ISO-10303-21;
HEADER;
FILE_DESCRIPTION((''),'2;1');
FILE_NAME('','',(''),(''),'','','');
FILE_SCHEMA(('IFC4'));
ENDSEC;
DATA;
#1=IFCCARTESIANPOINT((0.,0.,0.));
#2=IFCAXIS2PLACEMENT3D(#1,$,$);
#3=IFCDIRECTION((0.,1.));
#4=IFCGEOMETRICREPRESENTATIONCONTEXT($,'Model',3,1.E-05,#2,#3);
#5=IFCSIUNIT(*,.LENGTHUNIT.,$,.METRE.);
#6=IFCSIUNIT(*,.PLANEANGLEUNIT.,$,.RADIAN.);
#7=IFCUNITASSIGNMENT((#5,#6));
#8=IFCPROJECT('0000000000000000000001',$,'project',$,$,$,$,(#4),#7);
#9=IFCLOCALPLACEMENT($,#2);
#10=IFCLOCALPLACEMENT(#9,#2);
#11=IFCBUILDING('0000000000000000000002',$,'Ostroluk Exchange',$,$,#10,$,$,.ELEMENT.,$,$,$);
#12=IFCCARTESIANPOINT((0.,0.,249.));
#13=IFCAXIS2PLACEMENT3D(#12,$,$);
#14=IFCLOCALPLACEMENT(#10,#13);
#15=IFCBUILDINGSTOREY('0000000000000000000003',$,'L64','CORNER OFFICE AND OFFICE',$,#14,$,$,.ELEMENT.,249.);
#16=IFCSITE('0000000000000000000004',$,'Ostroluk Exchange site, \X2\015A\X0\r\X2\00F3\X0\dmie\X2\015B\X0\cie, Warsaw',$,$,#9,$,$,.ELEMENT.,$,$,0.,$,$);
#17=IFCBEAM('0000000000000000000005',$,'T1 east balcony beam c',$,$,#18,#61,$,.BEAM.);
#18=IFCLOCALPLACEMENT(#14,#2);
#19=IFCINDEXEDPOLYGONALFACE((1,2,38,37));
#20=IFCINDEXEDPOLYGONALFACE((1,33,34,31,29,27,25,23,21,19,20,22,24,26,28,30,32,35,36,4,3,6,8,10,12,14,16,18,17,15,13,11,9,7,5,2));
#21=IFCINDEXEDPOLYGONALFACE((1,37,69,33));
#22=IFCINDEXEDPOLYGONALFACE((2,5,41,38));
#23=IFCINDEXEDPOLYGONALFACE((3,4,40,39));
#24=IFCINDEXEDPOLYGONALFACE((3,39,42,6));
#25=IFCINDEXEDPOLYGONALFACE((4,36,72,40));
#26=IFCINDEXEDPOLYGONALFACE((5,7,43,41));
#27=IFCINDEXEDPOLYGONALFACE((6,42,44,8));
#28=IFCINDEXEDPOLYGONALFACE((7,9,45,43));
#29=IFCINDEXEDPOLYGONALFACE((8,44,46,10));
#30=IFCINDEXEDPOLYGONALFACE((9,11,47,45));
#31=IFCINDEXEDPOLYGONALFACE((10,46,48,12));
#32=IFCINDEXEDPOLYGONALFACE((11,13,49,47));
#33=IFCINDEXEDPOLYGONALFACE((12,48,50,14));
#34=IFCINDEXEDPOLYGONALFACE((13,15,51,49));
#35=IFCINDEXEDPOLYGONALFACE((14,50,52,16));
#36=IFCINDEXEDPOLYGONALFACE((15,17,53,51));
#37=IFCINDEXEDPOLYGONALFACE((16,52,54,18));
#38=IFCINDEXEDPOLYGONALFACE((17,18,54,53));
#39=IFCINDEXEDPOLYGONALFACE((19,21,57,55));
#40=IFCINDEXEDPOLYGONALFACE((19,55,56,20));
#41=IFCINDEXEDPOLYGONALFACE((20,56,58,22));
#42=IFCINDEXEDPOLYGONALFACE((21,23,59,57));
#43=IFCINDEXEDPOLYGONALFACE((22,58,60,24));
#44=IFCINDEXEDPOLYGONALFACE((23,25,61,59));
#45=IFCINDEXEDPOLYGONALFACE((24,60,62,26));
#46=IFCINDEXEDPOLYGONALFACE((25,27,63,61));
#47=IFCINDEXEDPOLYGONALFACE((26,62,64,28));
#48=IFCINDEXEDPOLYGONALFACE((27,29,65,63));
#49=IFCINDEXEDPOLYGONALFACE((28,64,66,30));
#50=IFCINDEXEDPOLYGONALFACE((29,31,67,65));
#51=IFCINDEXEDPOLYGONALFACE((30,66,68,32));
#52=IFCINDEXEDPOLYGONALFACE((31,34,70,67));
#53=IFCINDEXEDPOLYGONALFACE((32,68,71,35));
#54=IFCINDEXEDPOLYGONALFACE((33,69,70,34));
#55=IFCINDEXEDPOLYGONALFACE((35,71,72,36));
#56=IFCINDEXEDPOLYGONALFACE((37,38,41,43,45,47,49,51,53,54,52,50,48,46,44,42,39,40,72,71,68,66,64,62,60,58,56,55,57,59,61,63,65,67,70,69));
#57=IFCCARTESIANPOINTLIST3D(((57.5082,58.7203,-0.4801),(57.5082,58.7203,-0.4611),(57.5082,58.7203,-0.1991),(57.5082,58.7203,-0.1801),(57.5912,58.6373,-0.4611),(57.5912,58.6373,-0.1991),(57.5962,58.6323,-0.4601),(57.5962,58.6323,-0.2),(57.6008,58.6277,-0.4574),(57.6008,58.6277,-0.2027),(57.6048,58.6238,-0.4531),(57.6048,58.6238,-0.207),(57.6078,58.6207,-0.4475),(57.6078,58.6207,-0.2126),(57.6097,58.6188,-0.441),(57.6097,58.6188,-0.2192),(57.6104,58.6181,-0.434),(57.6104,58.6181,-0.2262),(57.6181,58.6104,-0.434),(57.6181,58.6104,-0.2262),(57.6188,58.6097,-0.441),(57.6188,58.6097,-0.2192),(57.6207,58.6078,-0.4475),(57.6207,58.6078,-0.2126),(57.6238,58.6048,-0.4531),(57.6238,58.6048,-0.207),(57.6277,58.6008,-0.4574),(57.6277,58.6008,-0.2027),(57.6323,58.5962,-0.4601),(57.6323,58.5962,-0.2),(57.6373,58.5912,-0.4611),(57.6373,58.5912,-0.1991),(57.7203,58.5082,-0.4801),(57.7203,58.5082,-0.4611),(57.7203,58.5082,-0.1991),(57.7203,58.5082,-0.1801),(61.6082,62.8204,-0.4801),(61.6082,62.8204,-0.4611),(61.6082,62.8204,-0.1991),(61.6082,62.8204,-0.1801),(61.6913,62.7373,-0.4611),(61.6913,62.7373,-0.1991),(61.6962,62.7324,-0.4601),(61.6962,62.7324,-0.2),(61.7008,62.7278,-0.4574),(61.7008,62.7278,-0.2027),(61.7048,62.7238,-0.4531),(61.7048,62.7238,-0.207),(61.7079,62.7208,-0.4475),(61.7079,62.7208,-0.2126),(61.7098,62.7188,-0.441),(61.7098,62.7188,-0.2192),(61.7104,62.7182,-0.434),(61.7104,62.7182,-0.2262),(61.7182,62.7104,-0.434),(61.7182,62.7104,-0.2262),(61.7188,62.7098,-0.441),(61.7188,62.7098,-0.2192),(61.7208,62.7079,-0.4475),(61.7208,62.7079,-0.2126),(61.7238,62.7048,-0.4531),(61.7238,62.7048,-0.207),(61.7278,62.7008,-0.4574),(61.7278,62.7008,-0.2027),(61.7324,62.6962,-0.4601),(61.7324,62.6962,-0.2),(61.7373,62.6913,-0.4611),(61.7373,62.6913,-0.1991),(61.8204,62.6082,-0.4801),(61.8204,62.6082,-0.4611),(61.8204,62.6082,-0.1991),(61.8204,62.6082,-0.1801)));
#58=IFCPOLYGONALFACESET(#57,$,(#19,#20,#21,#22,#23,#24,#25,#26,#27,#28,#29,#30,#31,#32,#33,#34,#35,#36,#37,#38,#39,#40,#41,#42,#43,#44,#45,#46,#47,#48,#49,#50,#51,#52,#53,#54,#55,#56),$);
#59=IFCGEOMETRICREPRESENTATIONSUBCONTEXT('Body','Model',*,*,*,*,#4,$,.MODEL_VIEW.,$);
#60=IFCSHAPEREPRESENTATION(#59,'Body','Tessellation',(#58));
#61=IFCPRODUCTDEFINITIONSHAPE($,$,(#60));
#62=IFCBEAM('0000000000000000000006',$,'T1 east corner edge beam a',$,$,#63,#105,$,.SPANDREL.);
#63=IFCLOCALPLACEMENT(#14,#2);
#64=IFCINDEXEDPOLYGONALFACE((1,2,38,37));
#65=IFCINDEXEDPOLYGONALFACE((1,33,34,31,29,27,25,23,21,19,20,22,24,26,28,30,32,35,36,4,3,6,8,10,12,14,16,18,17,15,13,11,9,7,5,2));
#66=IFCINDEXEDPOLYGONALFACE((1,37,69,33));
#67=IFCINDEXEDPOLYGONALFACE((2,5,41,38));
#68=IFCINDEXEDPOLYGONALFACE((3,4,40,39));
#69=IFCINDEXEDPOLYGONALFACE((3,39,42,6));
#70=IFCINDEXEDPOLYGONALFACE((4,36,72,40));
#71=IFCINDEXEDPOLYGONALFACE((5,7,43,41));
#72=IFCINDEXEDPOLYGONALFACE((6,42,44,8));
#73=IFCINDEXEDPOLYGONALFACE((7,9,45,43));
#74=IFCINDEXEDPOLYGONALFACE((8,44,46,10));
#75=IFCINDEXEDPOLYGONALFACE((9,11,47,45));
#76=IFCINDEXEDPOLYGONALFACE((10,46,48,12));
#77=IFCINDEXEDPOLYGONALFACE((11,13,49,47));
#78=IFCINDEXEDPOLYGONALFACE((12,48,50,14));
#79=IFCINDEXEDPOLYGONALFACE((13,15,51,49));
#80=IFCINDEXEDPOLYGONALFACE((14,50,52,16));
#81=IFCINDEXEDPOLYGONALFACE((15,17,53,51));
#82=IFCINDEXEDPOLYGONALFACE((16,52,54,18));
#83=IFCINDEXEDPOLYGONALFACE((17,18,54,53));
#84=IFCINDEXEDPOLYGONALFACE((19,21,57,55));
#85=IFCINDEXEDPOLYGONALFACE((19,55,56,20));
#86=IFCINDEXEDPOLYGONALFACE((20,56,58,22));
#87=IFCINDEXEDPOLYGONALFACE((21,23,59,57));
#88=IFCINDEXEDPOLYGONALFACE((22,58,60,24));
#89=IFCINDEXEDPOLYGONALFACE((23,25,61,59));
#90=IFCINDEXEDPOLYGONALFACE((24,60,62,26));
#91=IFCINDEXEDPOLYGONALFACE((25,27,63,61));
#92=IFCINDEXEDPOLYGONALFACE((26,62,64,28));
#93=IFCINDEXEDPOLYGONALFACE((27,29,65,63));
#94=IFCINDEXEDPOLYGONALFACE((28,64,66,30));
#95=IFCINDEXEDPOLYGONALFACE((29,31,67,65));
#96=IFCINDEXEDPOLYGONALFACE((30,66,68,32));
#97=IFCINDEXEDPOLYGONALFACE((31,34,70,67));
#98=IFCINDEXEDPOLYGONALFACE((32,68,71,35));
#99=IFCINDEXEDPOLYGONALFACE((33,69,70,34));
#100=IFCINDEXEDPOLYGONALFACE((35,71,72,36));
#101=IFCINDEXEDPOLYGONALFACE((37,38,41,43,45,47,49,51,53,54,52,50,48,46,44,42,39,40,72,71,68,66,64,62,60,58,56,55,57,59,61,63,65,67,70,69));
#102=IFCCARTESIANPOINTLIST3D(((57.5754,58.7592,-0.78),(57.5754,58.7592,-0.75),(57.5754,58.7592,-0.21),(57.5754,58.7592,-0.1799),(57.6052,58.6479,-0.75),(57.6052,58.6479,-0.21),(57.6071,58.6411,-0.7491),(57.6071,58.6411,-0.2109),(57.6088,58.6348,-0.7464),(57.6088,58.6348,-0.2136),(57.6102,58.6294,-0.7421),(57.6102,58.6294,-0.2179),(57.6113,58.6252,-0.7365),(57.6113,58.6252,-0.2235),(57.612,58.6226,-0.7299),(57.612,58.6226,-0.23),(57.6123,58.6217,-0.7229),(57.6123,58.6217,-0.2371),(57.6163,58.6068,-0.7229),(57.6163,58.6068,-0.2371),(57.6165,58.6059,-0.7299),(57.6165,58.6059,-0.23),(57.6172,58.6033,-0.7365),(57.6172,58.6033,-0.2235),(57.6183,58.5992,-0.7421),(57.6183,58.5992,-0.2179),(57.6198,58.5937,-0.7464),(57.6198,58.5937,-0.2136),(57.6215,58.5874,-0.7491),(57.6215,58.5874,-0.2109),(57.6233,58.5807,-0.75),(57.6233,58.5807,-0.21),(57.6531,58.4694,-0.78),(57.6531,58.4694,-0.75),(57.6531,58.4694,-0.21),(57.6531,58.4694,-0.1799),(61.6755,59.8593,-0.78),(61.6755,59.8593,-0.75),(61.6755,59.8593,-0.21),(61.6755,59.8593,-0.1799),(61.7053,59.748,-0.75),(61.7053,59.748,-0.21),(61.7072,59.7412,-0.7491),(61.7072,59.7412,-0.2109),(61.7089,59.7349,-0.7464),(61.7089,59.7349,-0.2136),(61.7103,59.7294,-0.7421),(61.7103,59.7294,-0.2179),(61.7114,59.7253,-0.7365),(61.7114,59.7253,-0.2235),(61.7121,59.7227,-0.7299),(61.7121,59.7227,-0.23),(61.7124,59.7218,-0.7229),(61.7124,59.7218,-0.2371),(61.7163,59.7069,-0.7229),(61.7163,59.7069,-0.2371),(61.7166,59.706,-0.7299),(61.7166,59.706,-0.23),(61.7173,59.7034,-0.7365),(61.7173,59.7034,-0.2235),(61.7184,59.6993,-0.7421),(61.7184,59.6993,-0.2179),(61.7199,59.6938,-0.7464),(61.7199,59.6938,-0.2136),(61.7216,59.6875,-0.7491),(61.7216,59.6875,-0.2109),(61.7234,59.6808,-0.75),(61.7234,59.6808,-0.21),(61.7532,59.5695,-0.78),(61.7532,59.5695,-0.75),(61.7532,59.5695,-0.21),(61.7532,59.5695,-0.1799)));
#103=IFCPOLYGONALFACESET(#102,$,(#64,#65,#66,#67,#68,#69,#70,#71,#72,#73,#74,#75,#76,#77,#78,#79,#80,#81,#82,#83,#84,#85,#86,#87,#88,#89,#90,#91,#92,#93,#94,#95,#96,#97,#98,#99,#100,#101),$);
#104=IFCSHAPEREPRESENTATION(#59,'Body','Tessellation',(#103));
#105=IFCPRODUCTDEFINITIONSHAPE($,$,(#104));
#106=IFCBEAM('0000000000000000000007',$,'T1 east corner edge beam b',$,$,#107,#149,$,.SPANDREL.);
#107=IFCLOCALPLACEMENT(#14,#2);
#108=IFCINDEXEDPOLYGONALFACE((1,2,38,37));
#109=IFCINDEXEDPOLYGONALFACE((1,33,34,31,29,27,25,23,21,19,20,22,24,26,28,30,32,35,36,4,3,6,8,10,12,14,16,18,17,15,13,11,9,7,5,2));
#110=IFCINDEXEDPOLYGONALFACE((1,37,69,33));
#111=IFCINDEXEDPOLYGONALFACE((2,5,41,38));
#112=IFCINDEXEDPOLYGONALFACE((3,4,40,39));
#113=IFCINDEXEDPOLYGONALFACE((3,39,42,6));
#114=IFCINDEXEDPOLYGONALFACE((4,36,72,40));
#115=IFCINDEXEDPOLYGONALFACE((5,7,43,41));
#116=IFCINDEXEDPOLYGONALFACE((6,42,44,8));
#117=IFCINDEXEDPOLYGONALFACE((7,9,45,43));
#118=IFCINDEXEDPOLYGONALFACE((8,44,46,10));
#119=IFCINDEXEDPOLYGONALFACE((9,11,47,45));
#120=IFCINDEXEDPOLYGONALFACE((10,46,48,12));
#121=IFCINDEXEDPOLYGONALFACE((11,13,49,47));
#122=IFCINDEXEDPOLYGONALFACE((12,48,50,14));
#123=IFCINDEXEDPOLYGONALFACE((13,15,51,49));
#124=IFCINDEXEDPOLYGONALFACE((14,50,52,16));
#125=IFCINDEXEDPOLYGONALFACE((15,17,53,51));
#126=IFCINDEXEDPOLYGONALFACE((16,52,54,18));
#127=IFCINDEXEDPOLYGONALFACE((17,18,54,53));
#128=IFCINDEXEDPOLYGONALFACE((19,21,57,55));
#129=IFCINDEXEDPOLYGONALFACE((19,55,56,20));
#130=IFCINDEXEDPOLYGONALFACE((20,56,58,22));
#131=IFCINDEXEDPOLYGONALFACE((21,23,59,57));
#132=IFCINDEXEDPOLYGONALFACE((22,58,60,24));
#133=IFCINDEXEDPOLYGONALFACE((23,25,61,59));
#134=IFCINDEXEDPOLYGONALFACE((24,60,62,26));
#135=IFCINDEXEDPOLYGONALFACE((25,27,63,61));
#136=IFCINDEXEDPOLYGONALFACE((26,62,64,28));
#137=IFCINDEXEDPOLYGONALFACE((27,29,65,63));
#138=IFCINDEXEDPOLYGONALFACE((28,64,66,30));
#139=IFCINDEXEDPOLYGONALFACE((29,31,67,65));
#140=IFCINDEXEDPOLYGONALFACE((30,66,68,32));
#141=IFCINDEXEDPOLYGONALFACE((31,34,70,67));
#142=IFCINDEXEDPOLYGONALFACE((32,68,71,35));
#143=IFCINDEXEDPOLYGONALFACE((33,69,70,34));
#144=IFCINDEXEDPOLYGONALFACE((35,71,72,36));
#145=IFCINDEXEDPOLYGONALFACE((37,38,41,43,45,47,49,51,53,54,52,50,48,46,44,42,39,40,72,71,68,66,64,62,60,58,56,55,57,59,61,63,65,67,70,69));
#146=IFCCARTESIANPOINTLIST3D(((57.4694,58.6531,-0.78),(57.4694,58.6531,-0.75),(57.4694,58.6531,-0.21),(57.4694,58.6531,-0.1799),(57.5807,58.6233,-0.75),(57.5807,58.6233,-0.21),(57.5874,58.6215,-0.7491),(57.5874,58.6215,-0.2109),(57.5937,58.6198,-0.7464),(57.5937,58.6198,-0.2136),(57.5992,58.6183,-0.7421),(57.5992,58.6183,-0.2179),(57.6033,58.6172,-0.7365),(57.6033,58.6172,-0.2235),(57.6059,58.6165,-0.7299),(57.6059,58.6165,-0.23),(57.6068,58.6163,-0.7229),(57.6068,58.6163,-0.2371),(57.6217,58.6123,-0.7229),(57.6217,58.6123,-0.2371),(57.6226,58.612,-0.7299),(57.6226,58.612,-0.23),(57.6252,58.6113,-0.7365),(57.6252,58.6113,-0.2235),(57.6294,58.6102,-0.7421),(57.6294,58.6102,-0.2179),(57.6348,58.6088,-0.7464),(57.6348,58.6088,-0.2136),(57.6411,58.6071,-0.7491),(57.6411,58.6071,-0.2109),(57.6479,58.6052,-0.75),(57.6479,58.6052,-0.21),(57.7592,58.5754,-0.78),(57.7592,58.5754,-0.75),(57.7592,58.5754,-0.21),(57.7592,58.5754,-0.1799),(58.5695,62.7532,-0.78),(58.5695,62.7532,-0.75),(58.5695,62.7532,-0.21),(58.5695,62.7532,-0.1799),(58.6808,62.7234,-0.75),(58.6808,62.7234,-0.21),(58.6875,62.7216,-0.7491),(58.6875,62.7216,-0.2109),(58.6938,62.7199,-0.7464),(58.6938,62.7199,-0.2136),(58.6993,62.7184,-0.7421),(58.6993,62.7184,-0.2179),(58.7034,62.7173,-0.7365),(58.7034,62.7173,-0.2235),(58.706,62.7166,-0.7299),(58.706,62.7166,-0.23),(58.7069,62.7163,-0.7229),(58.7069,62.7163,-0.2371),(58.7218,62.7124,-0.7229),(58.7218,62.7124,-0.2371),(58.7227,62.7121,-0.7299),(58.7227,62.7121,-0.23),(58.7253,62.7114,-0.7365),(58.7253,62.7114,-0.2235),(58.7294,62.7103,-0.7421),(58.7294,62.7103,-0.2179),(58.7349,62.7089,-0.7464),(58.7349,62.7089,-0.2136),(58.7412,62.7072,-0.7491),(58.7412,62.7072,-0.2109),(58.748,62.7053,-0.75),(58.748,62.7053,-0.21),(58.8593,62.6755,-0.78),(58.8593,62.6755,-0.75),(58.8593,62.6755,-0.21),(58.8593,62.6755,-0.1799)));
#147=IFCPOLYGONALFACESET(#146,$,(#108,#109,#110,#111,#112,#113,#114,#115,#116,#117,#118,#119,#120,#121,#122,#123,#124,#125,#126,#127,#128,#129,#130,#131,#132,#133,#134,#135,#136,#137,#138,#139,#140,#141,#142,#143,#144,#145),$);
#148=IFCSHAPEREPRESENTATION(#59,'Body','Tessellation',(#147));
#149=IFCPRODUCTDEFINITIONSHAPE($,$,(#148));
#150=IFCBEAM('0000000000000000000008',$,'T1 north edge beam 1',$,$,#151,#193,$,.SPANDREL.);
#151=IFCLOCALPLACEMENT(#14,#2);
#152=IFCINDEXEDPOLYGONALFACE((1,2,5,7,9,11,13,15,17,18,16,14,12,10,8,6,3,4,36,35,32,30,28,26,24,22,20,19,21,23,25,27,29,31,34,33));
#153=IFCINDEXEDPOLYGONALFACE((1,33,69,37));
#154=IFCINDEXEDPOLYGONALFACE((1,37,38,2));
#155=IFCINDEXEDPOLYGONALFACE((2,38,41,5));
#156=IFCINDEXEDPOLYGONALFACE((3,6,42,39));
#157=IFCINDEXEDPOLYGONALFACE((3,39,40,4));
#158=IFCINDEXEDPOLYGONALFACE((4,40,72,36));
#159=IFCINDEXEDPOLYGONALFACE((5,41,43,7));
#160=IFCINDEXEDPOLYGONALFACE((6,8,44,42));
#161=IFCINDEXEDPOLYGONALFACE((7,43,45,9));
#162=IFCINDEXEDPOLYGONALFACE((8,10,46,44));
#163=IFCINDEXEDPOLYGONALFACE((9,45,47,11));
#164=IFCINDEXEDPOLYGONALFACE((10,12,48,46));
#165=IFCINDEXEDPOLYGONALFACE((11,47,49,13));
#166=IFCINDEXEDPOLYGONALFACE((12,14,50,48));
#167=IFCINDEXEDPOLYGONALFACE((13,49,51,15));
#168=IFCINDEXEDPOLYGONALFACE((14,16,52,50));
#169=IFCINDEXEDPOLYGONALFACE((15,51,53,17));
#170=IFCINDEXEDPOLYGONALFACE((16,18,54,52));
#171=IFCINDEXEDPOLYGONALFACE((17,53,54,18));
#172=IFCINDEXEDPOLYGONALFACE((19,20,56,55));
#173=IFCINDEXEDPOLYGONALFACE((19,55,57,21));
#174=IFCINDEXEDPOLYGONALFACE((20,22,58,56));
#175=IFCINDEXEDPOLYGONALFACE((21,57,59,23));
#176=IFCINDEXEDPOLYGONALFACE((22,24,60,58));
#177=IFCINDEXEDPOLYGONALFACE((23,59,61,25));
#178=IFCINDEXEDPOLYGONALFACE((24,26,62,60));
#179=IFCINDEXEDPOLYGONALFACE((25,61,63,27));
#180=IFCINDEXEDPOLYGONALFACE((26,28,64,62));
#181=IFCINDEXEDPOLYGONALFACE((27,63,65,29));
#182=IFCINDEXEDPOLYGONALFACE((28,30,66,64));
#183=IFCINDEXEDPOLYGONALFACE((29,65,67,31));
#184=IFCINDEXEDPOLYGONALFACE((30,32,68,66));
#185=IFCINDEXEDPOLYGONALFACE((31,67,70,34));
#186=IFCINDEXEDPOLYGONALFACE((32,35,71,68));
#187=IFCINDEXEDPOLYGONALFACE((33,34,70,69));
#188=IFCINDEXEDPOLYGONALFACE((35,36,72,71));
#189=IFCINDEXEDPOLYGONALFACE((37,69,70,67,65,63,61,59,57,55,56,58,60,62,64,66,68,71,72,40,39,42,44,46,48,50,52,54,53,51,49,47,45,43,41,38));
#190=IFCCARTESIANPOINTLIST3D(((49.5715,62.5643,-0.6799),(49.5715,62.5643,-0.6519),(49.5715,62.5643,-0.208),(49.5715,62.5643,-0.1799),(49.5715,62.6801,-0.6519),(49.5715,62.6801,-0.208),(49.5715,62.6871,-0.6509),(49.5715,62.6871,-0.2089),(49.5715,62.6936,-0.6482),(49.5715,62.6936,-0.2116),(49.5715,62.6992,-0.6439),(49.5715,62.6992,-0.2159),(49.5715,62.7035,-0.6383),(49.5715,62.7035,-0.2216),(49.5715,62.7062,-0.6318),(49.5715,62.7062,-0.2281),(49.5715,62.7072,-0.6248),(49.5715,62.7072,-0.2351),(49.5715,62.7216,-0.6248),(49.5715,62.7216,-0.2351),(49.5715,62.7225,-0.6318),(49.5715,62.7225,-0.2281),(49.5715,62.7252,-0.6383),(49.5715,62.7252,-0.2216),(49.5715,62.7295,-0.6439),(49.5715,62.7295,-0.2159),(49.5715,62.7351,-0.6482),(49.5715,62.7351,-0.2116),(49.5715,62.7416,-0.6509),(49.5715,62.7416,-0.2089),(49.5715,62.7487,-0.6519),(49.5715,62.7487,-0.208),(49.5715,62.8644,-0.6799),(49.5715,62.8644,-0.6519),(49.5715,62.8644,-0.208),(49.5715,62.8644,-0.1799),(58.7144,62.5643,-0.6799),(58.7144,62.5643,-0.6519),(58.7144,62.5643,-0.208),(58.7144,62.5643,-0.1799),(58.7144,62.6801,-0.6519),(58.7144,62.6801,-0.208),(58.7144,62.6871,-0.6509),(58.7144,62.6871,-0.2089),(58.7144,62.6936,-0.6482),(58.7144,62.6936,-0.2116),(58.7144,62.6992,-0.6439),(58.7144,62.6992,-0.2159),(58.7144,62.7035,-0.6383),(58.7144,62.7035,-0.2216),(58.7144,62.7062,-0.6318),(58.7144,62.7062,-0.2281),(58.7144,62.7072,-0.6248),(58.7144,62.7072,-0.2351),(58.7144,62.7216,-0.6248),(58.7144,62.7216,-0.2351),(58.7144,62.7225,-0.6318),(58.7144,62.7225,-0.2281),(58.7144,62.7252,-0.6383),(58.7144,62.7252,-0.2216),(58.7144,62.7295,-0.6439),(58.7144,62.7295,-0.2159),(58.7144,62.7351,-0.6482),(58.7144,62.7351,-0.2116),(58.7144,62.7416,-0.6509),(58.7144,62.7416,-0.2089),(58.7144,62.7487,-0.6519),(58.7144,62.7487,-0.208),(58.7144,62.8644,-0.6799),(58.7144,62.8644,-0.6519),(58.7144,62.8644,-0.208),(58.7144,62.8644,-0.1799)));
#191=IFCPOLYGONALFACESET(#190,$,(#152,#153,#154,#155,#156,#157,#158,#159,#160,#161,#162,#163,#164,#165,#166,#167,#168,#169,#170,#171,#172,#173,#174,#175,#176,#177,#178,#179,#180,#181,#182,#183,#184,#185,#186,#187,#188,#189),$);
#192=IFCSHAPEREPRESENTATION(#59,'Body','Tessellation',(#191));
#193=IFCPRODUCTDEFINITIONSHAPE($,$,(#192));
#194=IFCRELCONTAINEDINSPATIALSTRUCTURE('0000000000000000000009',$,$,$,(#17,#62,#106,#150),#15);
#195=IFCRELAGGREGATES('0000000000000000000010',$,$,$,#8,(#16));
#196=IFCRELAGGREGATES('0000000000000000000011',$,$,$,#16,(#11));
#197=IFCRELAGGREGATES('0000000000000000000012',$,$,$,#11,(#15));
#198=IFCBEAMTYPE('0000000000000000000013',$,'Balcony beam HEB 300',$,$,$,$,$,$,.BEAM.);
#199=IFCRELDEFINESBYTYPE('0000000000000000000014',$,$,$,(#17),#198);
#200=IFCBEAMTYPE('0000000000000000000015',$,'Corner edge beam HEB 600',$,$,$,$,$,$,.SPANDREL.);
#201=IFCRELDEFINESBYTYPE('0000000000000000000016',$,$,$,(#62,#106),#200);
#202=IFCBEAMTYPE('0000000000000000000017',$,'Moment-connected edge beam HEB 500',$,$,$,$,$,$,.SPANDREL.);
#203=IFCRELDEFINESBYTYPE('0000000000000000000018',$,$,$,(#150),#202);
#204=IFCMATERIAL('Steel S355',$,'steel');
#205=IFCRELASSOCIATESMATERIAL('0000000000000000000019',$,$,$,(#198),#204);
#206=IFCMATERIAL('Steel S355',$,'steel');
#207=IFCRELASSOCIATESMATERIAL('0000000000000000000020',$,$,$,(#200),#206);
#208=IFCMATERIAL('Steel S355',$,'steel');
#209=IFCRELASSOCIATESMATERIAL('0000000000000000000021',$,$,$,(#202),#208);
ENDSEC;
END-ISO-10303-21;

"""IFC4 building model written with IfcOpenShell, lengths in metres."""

from ifc_helpers import new_model, si_unit, direction, frame, origin, origin_2d, place, context, subcontext, project, spatial, i_section, extrude, material, material_profile, profile_set, type_object, element, save


model = new_model("IFC4")

# Units and contexts
model_context = context("Model", 3, precision=1e-05, world=origin(), true_north=direction((0.0, 1.0)))
body_context = subcontext(model_context, "Body", "Model", "MODEL_VIEW")
ifc_project = project(units=[si_unit("LENGTHUNIT", "METRE"), si_unit("PLANEANGLEUNIT", "RADIAN")], contexts=[model_context])

# Site, building, storey
site_placement = place(None, origin())
site = spatial("IfcSite", under=ifc_project, at=site_placement, Name="Ostroluk Exchange site, Śródmieście, Warsaw", CompositionType="ELEMENT", RefElevation=0.0)
building_placement = place(site_placement, origin())
building = spatial("IfcBuilding", under=site, at=building_placement, Name="Ostroluk Exchange", CompositionType="ELEMENT")
storey_placement = place(building_placement, frame((0.0, 0.0, 249.0)))
storey = spatial("IfcBuildingStorey", under=building, at=storey_placement, Name="L64", Description="CORNER OFFICE AND OFFICE", CompositionType="ELEMENT", Elevation=249.0)

# Beams
ifc_material_1 = material(Name="Steel S355", Category="steel")
ifc_material_profile_1 = material_profile(ifc_material_1, i_section(OverallWidth=0.3, OverallDepth=0.3, WebThickness=0.011, FlangeThickness=0.019, FilletRadius=0.0271, at=origin_2d()), Name="HEB 300")
ifc_profile_set_1 = profile_set([ifc_material_profile_1], Name="Steel S355")
beam_type_1 = type_object("IfcBeamType", Name="Balcony beam HEB 300", PredefinedType="BEAM", material=ifc_profile_set_1)
beam_1_placement = place(storey_placement, frame((57.6143, 58.6143, -0.3301), z_axis=(0.707107, 0.707107, 0.0), x_axis=(-0.707107, 0.707107, 0.0)))
element("IfcBeam", 1, at=beam_1_placement, inside=storey, type_object=beam_type_1, Name="T1 east balcony beam c", PredefinedType="BEAM", context=body_context, shape_type="SweptSolid", body=[
    extrude(i_section(OverallWidth=0.3, OverallDepth=0.3, WebThickness=0.011, FlangeThickness=0.019, FilletRadius=0.0271, at=origin_2d()), origin(), (0.0, 0.0, 1.0), 5.7983),
])
ifc_material_2 = material(Name="Steel S355", Category="steel")
ifc_material_profile_2 = material_profile(ifc_material_2, i_section(OverallWidth=0.3, OverallDepth=0.6001, WebThickness=0.0154, FlangeThickness=0.03, FilletRadius=0.0271, at=origin_2d()), Name="HEB 600")
ifc_profile_set_2 = profile_set([ifc_material_profile_2], Name="Steel S355")
beam_type_2 = type_object("IfcBeamType", Name="Corner edge beam HEB 600", PredefinedType="SPANDREL", material=ifc_profile_set_2)
for number, where, z_axis, x_axis, name in (
    (2, (57.6143, 58.6143, -0.48), (0.965839, 0.259144, 0.0), (-0.259144, 0.965839, 0.0), "T1 east corner edge beam a"),
    (3, (57.6143, 58.6143, -0.48), (0.259144, 0.965839, 0.0), (-0.965839, 0.259144, 0.0), "T1 east corner edge beam b"),
):
    element("IfcBeam", number, at=place(storey_placement, frame(where, z_axis=z_axis, x_axis=x_axis)), inside=storey, type_object=beam_type_2, Name=name, PredefinedType="SPANDREL", context=body_context, shape_type="SweptSolid", body=[
        extrude(i_section(OverallWidth=0.3, OverallDepth=0.6001, WebThickness=0.0154, FlangeThickness=0.03, FilletRadius=0.0271, at=origin_2d()), origin(), (0.0, 0.0, 1.0), 4.2451),
    ])
ifc_material_3 = material(Name="Steel S355", Category="steel")
ifc_material_profile_3 = material_profile(ifc_material_3, i_section(OverallWidth=0.3, OverallDepth=0.5, WebThickness=0.0144, FlangeThickness=0.0281, FilletRadius=0.0271, at=origin_2d()), Name="HEB 500")
ifc_profile_set_3 = profile_set([ifc_material_profile_3], Name="Steel S355")
beam_type_3 = type_object("IfcBeamType", Name="Moment-connected edge beam HEB 500", PredefinedType="SPANDREL", material=ifc_profile_set_3)
beam_2_placement = place(storey_placement, frame((58.7144, 62.7144, -0.4299), z_axis=(-1.0, 0.0, 0.0), x_axis=(0.0, -1.0, 0.0)))
element("IfcBeam", 4, at=beam_2_placement, inside=storey, type_object=beam_type_3, Name="T1 north edge beam 1", PredefinedType="SPANDREL", context=body_context, shape_type="SweptSolid", body=[
    extrude(i_section(OverallWidth=0.3, OverallDepth=0.5, WebThickness=0.0144, FlangeThickness=0.0281, FilletRadius=0.0271, at=origin_2d()), origin(), (0.0, 0.0, 1.0), 9.1428),
])

save(model, "model.ifc")
